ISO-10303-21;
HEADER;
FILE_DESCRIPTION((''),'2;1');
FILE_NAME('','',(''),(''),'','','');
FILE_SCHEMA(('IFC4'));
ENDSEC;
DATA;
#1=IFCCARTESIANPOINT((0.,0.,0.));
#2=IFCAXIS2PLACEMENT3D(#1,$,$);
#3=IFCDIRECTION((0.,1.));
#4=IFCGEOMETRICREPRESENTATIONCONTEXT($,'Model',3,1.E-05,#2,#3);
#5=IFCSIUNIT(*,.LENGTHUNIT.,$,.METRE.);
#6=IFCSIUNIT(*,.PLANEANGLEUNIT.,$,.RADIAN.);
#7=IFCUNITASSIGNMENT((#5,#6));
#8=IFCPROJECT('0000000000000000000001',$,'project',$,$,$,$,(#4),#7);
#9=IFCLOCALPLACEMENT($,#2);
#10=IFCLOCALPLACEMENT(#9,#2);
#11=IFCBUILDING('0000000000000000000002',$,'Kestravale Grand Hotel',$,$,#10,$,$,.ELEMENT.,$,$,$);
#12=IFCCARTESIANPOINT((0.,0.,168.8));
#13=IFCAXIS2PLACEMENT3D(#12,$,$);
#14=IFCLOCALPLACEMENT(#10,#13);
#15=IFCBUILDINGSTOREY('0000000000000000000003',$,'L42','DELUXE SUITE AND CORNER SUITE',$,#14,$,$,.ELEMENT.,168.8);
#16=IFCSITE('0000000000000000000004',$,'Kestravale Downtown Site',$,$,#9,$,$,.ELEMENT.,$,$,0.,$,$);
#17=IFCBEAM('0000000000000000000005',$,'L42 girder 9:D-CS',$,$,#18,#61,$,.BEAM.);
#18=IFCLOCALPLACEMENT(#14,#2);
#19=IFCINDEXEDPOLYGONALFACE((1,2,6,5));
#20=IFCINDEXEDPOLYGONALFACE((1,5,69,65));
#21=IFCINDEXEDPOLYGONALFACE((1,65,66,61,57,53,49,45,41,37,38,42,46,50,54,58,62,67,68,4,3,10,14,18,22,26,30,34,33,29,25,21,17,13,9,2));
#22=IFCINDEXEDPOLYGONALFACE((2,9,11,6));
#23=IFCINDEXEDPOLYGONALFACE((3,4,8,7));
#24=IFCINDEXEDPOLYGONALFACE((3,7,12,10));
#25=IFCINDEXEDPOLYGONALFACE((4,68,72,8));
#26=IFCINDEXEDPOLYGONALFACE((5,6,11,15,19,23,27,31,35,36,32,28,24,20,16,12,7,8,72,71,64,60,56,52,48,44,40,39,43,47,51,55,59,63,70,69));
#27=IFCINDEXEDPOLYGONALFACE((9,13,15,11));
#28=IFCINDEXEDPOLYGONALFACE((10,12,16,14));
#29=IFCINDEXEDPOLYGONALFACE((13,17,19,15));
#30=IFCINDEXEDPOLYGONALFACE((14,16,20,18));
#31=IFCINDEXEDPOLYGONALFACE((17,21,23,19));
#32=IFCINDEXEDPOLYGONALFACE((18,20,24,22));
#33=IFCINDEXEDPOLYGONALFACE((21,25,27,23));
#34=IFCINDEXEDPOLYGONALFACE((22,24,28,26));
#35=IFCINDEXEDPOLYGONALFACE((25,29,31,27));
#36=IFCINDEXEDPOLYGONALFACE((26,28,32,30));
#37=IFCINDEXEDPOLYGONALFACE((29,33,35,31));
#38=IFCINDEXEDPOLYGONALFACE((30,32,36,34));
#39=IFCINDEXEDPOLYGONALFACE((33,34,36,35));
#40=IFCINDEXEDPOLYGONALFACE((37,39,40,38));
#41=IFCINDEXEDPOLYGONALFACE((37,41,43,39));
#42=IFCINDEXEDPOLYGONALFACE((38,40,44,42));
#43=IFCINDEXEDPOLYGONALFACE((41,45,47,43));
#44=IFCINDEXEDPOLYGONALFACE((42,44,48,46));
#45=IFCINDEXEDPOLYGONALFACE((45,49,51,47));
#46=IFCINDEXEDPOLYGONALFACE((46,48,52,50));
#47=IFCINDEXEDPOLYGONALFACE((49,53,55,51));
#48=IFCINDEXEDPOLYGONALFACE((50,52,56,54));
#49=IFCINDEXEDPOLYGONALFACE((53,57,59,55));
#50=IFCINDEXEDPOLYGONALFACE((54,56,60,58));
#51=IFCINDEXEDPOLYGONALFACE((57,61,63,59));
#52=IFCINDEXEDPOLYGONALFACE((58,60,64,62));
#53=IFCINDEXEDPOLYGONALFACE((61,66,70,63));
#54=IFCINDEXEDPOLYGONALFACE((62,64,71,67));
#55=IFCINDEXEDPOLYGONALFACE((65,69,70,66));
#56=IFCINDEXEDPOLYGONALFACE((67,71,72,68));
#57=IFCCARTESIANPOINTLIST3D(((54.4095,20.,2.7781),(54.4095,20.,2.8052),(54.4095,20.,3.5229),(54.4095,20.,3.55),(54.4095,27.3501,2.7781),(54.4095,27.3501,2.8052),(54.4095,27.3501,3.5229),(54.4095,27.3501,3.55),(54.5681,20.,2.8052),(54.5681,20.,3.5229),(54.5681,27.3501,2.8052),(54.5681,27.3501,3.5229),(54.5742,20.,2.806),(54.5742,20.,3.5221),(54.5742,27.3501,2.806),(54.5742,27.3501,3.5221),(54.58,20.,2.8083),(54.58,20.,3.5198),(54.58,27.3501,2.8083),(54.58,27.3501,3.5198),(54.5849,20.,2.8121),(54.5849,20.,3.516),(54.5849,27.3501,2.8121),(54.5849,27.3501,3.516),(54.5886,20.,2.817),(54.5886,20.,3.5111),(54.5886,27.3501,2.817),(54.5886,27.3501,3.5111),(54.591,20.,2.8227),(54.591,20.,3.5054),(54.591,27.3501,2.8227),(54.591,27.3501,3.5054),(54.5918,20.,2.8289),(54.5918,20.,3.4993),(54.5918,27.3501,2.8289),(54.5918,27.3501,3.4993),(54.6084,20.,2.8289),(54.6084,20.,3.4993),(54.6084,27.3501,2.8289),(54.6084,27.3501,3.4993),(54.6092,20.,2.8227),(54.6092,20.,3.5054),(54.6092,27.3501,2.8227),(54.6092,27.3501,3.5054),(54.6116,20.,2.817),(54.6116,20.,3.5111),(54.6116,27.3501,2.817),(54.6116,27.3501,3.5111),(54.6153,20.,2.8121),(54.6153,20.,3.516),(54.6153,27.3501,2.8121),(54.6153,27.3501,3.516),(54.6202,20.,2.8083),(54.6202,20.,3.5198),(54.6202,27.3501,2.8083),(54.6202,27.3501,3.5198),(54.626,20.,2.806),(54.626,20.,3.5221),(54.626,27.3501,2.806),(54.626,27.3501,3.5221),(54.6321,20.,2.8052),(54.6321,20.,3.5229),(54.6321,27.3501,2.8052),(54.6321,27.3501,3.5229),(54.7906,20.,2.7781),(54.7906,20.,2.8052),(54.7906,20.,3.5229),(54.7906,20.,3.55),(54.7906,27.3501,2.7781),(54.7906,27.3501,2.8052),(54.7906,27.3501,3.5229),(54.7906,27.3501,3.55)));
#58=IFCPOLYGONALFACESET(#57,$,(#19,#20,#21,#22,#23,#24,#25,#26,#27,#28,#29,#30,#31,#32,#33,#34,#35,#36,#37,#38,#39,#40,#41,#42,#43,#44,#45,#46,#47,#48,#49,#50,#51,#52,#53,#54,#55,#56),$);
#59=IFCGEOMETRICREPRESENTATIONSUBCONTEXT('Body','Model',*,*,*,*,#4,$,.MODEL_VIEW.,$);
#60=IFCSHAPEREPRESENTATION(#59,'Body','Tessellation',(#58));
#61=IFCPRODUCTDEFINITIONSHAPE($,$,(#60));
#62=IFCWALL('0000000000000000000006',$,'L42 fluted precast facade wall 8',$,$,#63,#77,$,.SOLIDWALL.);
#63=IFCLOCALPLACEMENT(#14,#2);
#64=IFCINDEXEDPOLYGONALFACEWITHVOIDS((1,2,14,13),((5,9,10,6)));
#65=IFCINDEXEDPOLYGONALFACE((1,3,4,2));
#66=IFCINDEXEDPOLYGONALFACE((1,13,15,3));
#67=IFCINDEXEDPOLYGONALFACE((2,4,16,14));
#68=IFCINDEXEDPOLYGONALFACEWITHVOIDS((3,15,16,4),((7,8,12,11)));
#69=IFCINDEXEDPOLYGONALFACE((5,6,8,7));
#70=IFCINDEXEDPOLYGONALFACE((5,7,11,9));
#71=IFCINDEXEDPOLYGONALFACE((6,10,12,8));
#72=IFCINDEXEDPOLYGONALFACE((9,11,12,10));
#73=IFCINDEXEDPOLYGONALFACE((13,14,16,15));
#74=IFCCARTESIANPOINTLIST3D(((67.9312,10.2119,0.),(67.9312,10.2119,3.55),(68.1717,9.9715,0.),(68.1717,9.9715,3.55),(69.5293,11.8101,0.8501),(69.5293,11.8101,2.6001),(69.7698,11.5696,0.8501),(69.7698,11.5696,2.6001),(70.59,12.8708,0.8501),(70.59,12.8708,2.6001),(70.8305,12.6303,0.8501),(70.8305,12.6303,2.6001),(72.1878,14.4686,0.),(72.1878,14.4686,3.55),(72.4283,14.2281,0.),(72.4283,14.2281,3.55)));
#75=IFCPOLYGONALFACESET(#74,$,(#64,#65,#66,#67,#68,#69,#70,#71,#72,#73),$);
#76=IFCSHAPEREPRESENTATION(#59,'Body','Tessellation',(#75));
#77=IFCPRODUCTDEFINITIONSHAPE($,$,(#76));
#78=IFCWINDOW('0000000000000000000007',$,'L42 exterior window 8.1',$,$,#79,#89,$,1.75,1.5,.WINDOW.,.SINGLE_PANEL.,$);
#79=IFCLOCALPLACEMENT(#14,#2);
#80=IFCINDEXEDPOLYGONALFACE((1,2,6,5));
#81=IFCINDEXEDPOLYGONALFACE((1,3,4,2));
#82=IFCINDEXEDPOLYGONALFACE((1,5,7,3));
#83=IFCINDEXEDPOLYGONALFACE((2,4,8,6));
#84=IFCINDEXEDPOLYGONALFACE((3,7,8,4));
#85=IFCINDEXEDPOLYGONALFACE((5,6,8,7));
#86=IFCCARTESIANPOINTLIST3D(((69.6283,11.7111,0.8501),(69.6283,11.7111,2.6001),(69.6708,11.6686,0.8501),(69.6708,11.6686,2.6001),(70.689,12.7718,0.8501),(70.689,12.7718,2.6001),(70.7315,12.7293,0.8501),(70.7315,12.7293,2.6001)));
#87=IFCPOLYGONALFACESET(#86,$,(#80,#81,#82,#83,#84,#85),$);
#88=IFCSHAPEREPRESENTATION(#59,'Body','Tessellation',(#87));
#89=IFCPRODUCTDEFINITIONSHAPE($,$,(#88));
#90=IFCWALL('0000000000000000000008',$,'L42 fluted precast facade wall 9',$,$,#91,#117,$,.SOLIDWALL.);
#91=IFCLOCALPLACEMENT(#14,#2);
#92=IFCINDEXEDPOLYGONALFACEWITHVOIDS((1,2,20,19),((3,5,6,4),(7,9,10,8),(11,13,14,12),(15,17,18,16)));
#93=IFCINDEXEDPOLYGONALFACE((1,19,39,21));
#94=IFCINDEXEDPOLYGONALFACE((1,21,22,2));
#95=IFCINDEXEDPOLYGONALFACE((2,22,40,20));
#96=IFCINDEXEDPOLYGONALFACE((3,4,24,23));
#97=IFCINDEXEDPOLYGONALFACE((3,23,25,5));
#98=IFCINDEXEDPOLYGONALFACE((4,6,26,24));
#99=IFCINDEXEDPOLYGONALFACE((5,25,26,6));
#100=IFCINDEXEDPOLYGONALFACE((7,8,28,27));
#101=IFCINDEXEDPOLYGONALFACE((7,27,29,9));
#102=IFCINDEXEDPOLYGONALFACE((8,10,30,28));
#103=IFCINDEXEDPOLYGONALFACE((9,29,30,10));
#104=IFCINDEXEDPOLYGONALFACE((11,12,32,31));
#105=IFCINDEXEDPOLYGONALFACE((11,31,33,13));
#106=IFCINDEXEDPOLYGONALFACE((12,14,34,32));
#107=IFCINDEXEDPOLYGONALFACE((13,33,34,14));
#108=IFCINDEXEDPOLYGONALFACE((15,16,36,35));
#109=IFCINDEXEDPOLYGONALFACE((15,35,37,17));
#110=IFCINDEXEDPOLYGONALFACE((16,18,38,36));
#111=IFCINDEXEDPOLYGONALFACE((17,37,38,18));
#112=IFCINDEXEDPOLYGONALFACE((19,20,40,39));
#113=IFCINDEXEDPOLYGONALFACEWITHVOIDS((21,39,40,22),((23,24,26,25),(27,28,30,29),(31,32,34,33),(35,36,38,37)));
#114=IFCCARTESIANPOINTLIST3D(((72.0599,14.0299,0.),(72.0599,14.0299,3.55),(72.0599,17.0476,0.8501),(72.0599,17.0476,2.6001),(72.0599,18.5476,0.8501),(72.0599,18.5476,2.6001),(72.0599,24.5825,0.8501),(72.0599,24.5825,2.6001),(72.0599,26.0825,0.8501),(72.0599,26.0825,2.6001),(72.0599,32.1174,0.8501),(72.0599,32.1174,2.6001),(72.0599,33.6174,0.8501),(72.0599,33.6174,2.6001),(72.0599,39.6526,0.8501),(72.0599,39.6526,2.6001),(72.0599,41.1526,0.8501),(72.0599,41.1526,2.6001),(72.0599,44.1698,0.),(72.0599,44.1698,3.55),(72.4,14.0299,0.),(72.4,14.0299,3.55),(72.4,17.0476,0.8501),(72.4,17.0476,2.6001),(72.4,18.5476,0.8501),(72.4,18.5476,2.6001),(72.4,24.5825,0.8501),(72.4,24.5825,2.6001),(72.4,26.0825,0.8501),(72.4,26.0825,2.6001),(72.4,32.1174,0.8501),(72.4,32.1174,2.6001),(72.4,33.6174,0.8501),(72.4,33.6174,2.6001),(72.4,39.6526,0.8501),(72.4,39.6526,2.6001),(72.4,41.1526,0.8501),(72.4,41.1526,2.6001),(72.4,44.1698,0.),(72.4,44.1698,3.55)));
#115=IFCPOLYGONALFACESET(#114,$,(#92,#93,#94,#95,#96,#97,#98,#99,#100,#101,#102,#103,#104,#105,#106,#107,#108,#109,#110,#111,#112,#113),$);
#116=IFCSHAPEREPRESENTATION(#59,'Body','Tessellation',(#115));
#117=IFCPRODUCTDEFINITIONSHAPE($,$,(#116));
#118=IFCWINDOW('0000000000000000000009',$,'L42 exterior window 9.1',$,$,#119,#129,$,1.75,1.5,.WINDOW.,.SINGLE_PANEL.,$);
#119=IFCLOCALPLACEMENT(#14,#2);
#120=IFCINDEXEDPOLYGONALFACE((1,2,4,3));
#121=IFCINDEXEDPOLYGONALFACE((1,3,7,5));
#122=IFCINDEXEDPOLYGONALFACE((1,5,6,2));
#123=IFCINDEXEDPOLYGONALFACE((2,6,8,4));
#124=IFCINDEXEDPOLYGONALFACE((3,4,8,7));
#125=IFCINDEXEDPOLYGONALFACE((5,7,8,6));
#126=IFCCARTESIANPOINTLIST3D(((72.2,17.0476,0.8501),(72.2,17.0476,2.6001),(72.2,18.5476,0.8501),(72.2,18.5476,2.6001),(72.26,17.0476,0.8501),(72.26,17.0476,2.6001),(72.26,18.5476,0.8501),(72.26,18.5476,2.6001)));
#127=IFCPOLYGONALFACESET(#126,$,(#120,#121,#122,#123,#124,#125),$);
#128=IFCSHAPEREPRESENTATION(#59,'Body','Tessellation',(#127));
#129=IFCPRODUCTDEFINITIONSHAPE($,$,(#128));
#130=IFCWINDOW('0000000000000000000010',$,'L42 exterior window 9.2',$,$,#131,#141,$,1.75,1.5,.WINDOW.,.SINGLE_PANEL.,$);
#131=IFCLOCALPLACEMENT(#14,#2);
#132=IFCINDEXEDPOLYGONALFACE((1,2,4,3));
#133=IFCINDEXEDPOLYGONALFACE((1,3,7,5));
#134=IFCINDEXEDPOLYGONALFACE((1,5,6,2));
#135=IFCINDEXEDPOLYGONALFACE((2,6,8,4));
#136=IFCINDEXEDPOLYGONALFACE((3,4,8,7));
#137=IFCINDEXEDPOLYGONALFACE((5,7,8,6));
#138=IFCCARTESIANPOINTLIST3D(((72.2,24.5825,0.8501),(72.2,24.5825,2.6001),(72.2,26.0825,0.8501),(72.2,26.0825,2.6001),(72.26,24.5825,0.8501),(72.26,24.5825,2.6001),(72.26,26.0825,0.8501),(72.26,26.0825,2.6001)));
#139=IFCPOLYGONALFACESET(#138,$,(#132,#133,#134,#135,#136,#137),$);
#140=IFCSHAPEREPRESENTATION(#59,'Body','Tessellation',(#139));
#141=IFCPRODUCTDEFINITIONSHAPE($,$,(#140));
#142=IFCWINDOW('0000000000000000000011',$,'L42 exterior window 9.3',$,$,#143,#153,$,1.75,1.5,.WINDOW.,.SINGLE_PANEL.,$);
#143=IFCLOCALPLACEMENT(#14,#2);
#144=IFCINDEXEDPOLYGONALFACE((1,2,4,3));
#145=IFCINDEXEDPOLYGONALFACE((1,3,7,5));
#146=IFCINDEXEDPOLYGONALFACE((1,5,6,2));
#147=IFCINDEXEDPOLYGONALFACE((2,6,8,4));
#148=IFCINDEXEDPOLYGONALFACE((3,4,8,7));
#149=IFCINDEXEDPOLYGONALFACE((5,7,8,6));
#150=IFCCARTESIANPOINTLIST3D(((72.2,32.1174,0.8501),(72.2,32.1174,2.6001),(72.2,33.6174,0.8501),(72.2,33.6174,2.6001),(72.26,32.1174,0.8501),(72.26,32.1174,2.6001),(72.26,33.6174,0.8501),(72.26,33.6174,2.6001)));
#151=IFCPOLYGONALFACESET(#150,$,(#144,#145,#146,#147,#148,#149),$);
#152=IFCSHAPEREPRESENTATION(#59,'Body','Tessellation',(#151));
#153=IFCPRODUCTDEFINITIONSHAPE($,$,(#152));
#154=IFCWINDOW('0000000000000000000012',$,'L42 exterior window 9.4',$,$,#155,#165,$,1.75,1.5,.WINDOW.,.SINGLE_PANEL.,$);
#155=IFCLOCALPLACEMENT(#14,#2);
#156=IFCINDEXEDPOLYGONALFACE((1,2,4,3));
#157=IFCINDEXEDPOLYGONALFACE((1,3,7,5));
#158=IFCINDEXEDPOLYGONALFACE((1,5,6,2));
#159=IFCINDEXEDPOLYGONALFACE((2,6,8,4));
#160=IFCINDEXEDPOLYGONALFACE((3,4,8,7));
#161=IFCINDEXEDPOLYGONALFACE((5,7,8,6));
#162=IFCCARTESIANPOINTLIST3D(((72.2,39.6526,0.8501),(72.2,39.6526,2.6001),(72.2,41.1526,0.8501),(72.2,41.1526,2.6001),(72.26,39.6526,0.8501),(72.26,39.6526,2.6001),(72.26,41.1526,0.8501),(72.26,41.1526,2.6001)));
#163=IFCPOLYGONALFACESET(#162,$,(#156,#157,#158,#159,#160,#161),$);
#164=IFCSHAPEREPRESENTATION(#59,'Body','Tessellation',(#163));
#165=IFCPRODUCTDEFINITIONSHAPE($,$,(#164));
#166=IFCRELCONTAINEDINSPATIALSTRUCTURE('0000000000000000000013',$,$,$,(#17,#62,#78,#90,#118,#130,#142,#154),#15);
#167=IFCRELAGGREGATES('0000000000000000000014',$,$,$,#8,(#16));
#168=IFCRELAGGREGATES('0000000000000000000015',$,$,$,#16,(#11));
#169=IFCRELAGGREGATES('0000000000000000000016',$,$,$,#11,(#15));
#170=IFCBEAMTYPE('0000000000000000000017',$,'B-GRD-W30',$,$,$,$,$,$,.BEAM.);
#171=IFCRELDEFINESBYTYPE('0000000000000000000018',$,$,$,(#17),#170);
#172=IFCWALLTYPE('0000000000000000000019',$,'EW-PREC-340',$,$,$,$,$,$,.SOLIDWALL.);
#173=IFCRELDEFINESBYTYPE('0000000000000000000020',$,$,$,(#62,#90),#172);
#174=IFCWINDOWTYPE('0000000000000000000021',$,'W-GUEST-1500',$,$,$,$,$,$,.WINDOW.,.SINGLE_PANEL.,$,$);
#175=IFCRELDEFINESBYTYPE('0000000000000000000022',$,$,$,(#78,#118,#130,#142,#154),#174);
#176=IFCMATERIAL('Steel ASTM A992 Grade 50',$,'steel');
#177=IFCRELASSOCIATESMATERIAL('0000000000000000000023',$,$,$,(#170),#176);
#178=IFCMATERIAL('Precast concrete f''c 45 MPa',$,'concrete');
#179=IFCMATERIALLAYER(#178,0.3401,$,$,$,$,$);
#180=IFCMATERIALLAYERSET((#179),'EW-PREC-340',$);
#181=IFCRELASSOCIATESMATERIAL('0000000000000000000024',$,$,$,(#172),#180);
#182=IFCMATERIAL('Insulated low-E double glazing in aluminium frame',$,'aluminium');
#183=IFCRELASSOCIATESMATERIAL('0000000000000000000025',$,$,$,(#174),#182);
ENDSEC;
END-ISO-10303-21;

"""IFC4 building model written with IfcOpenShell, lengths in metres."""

from ifc_helpers import new_model, si_unit, direction, frame, frame_2d, origin, origin_2d, place, context, subcontext, project, spatial, rectangle, i_section, extrude, material, layer, layer_set, material_profile, profile_set, type_object, element, fill, save


model = new_model("IFC4")

# Units and contexts
model_context = context("Model", 3, precision=1e-05, world=origin(), true_north=direction((0.0, 1.0)))
body_context = subcontext(model_context, "Body", "Model", "MODEL_VIEW")
ifc_project = project(units=[si_unit("LENGTHUNIT", "METRE"), si_unit("PLANEANGLEUNIT", "RADIAN")], contexts=[model_context])

# Site, building, storey
site_placement = place(None, origin())
site = spatial("IfcSite", under=ifc_project, at=site_placement, Name="Kestravale Downtown Site", CompositionType="ELEMENT", RefElevation=0.0)
building_placement = place(site_placement, origin())
building = spatial("IfcBuilding", under=site, at=building_placement, Name="Kestravale Grand Hotel", CompositionType="ELEMENT")
storey_placement = place(building_placement, frame((0.0, 0.0, 168.8)))
storey = spatial("IfcBuildingStorey", under=building, at=storey_placement, Name="L42", Description="DELUXE SUITE AND CORNER SUITE", CompositionType="ELEMENT", Elevation=168.8)

# Beam
ifc_material_1 = material(Name="Steel ASTM A992 Grade 50", Category="steel")
ifc_material_profile_1 = material_profile(ifc_material_1, i_section(OverallWidth=0.3811, OverallDepth=0.772, WebThickness=0.0166, FlangeThickness=0.0271, FilletRadius=0.0237, at=origin_2d()))
ifc_profile_set_1 = profile_set([ifc_material_profile_1], Name="Steel ASTM A992 Grade 50")
beam_type_1 = type_object("IfcBeamType", Name="B-GRD-W30", PredefinedType="BEAM", material=ifc_profile_set_1)
beam_1_placement = place(storey_placement, frame((54.6001, 20.0, 3.1641), z_axis=(0.0, 1.0, 0.0), x_axis=(-1.0, 0.0, 0.0)))
element("IfcBeam", 1, at=beam_1_placement, inside=storey, type_object=beam_type_1, Name="L42 girder 9:D-CS", PredefinedType="BEAM", context=body_context, shape_type="SweptSolid", body=[
    extrude(i_section(OverallWidth=0.3811, OverallDepth=0.772, WebThickness=0.0166, FlangeThickness=0.0271, FilletRadius=0.0237, at=origin_2d()), origin(), (0.0, 0.0, 1.0), 7.3501),
])

# Wall, opening, window
ifc_material_2 = material(Name="Precast concrete f'c 45 MPa", Category="concrete")
ifc_layer_1 = layer(ifc_material_2, 0.3401)
ifc_layer_set_1 = layer_set([ifc_layer_1], Name="EW-PREC-340")
wall_type_1 = type_object("IfcWallType", Name="EW-PREC-340", PredefinedType="SOLIDWALL", material=ifc_layer_set_1)
wall_1_placement = place(storey_placement, frame((68.0515, 10.0918, 0.0), z_axis=(0.0, 0.0, 1.0), x_axis=(0.707107, 0.707107, 0.0)))
wall_1 = element("IfcWall", 2, at=wall_1_placement, inside=storey, type_object=wall_type_1, Name="L42 fluted precast facade wall 8", PredefinedType="SOLIDWALL", context=body_context, shape_type="SweptSolid", body=[
    extrude(rectangle(XDim=6.0198, YDim=0.3401, at=frame_2d((3.0098, 0.0))), origin(), (0.0, 0.0, 1.0), 3.55),
])
opening_1_placement = place(wall_1_placement, frame((2.26, 0.0, 0.8501)))
opening_1 = element("IfcOpeningElement", 3, at=opening_1_placement, cuts=wall_1, PredefinedType="OPENING", context=body_context, shape_type="SweptSolid", body=[
    extrude(rectangle(XDim=1.5, YDim=1.75, at=frame_2d((0.75, 0.875))), frame((0.0, 0.1799, 0.0), z_axis=(0.0, -1.0, 0.0), x_axis=(1.0, 0.0, 0.0)), (0.0, 0.0, 1.0), 0.3601),
])
ifc_material_3 = material(Name="Insulated low-E double glazing in aluminium frame", Category="aluminium")
window_type = type_object("IfcWindowType", Name="W-GUEST-1500", PartitioningType="SINGLE_PANEL", PredefinedType="WINDOW", material=ifc_material_3)
window_1_placement = place(opening_1_placement, origin())
window_1 = element("IfcWindow", 4, at=window_1_placement, inside=storey, type_object=window_type, Name="L42 exterior window 8.1", OverallHeight=1.75, OverallWidth=1.5, PartitioningType="SINGLE_PANEL", PredefinedType="WINDOW", context=body_context, shape_type="SweptSolid", body=[
    extrude(rectangle(XDim=1.5, YDim=1.75, at=frame_2d((0.75, 0.875))), frame((0.0, 0.03, 0.0), z_axis=(0.0, -1.0, 0.0), x_axis=(1.0, 0.0, 0.0)), (0.0, 0.0, 1.0), 0.0601),
])
fill(opening_1, window_1)

# Wall, openings, windows
wall_2_placement = place(storey_placement, frame((72.23, 14.03, 0.0), z_axis=(0.0, 0.0, 1.0), x_axis=(0.0, 1.0, 0.0)))
wall_2 = element("IfcWall", 5, at=wall_2_placement, inside=storey, type_object=wall_type_1, Name="L42 fluted precast facade wall 9", PredefinedType="SOLIDWALL", context=body_context, shape_type="SweptSolid", body=[
    extrude(rectangle(XDim=30.1399, YDim=0.3401, at=frame_2d((15.0698, 0.0))), origin(), (0.0, 0.0, 1.0), 3.55),
])
opening_2_placement = place(wall_2_placement, frame((3.0176, 0.0, 0.8501)))
opening_2 = element("IfcOpeningElement", 6, at=opening_2_placement, cuts=wall_2, PredefinedType="OPENING", context=body_context, shape_type="SweptSolid", body=[
    extrude(rectangle(XDim=1.5, YDim=1.75, at=frame_2d((0.75, 0.875))), frame((0.0, 0.1799, 0.0), z_axis=(0.0, -1.0, 0.0), x_axis=(1.0, 0.0, 0.0)), (0.0, 0.0, 1.0), 0.3601),
])
opening_3_placement = place(wall_2_placement, frame((10.5525, 0.0, 0.8501)))
opening_3 = element("IfcOpeningElement", 7, at=opening_3_placement, cuts=wall_2, PredefinedType="OPENING", context=body_context, shape_type="SweptSolid", body=[
    extrude(rectangle(XDim=1.5, YDim=1.75, at=frame_2d((0.75, 0.875))), frame((0.0, 0.1799, 0.0), z_axis=(0.0, -1.0, 0.0), x_axis=(1.0, 0.0, 0.0)), (0.0, 0.0, 1.0), 0.3601),
])
opening_4_placement = place(wall_2_placement, frame((18.0874, 0.0, 0.8501)))
opening_4 = element("IfcOpeningElement", 8, at=opening_4_placement, cuts=wall_2, PredefinedType="OPENING", context=body_context, shape_type="SweptSolid", body=[
    extrude(rectangle(XDim=1.5, YDim=1.75, at=frame_2d((0.75, 0.875))), frame((0.0, 0.1799, 0.0), z_axis=(0.0, -1.0, 0.0), x_axis=(1.0, 0.0, 0.0)), (0.0, 0.0, 1.0), 0.3601),
])
opening_5_placement = place(wall_2_placement, frame((25.6226, 0.0, 0.8501)))
opening_5 = element("IfcOpeningElement", 9, at=opening_5_placement, cuts=wall_2, PredefinedType="OPENING", context=body_context, shape_type="SweptSolid", body=[
    extrude(rectangle(XDim=1.5, YDim=1.75, at=frame_2d((0.75, 0.875))), frame((0.0, 0.1799, 0.0), z_axis=(0.0, -1.0, 0.0), x_axis=(1.0, 0.0, 0.0)), (0.0, 0.0, 1.0), 0.3601),
])
window_2_placement = place(opening_2_placement, origin())
window_2 = element("IfcWindow", 10, at=window_2_placement, inside=storey, type_object=window_type, Name="L42 exterior window 9.1", OverallHeight=1.75, OverallWidth=1.5, PartitioningType="SINGLE_PANEL", PredefinedType="WINDOW", context=body_context, shape_type="SweptSolid", body=[
    extrude(rectangle(XDim=1.5, YDim=1.75, at=frame_2d((0.75, 0.875))), frame((0.0, 0.03, 0.0), z_axis=(0.0, -1.0, 0.0), x_axis=(1.0, 0.0, 0.0)), (0.0, 0.0, 1.0), 0.0601),
])
fill(opening_2, window_2)
window_3_placement = place(opening_3_placement, origin())
window_3 = element("IfcWindow", 11, at=window_3_placement, inside=storey, type_object=window_type, Name="L42 exterior window 9.2", OverallHeight=1.75, OverallWidth=1.5, PartitioningType="SINGLE_PANEL", PredefinedType="WINDOW", context=body_context, shape_type="SweptSolid", body=[
    extrude(rectangle(XDim=1.5, YDim=1.75, at=frame_2d((0.75, 0.875))), frame((0.0, 0.03, 0.0), z_axis=(0.0, -1.0, 0.0), x_axis=(1.0, 0.0, 0.0)), (0.0, 0.0, 1.0), 0.0601),
])
fill(opening_3, window_3)
window_4_placement = place(opening_4_placement, origin())
window_4 = element("IfcWindow", 12, at=window_4_placement, inside=storey, type_object=window_type, Name="L42 exterior window 9.3", OverallHeight=1.75, OverallWidth=1.5, PartitioningType="SINGLE_PANEL", PredefinedType="WINDOW", context=body_context, shape_type="SweptSolid", body=[
    extrude(rectangle(XDim=1.5, YDim=1.75, at=frame_2d((0.75, 0.875))), frame((0.0, 0.03, 0.0), z_axis=(0.0, -1.0, 0.0), x_axis=(1.0, 0.0, 0.0)), (0.0, 0.0, 1.0), 0.0601),
])
fill(opening_4, window_4)
window_5_placement = place(opening_5_placement, origin())
window_5 = element("IfcWindow", 13, at=window_5_placement, inside=storey, type_object=window_type, Name="L42 exterior window 9.4", OverallHeight=1.75, OverallWidth=1.5, PartitioningType="SINGLE_PANEL", PredefinedType="WINDOW", context=body_context, shape_type="SweptSolid", body=[
    extrude(rectangle(XDim=1.5, YDim=1.75, at=frame_2d((0.75, 0.875))), frame((0.0, 0.03, 0.0), z_axis=(0.0, -1.0, 0.0), x_axis=(1.0, 0.0, 0.0)), (0.0, 0.0, 1.0), 0.0601),
])
fill(opening_5, window_5)

save(model, "model.ifc")
